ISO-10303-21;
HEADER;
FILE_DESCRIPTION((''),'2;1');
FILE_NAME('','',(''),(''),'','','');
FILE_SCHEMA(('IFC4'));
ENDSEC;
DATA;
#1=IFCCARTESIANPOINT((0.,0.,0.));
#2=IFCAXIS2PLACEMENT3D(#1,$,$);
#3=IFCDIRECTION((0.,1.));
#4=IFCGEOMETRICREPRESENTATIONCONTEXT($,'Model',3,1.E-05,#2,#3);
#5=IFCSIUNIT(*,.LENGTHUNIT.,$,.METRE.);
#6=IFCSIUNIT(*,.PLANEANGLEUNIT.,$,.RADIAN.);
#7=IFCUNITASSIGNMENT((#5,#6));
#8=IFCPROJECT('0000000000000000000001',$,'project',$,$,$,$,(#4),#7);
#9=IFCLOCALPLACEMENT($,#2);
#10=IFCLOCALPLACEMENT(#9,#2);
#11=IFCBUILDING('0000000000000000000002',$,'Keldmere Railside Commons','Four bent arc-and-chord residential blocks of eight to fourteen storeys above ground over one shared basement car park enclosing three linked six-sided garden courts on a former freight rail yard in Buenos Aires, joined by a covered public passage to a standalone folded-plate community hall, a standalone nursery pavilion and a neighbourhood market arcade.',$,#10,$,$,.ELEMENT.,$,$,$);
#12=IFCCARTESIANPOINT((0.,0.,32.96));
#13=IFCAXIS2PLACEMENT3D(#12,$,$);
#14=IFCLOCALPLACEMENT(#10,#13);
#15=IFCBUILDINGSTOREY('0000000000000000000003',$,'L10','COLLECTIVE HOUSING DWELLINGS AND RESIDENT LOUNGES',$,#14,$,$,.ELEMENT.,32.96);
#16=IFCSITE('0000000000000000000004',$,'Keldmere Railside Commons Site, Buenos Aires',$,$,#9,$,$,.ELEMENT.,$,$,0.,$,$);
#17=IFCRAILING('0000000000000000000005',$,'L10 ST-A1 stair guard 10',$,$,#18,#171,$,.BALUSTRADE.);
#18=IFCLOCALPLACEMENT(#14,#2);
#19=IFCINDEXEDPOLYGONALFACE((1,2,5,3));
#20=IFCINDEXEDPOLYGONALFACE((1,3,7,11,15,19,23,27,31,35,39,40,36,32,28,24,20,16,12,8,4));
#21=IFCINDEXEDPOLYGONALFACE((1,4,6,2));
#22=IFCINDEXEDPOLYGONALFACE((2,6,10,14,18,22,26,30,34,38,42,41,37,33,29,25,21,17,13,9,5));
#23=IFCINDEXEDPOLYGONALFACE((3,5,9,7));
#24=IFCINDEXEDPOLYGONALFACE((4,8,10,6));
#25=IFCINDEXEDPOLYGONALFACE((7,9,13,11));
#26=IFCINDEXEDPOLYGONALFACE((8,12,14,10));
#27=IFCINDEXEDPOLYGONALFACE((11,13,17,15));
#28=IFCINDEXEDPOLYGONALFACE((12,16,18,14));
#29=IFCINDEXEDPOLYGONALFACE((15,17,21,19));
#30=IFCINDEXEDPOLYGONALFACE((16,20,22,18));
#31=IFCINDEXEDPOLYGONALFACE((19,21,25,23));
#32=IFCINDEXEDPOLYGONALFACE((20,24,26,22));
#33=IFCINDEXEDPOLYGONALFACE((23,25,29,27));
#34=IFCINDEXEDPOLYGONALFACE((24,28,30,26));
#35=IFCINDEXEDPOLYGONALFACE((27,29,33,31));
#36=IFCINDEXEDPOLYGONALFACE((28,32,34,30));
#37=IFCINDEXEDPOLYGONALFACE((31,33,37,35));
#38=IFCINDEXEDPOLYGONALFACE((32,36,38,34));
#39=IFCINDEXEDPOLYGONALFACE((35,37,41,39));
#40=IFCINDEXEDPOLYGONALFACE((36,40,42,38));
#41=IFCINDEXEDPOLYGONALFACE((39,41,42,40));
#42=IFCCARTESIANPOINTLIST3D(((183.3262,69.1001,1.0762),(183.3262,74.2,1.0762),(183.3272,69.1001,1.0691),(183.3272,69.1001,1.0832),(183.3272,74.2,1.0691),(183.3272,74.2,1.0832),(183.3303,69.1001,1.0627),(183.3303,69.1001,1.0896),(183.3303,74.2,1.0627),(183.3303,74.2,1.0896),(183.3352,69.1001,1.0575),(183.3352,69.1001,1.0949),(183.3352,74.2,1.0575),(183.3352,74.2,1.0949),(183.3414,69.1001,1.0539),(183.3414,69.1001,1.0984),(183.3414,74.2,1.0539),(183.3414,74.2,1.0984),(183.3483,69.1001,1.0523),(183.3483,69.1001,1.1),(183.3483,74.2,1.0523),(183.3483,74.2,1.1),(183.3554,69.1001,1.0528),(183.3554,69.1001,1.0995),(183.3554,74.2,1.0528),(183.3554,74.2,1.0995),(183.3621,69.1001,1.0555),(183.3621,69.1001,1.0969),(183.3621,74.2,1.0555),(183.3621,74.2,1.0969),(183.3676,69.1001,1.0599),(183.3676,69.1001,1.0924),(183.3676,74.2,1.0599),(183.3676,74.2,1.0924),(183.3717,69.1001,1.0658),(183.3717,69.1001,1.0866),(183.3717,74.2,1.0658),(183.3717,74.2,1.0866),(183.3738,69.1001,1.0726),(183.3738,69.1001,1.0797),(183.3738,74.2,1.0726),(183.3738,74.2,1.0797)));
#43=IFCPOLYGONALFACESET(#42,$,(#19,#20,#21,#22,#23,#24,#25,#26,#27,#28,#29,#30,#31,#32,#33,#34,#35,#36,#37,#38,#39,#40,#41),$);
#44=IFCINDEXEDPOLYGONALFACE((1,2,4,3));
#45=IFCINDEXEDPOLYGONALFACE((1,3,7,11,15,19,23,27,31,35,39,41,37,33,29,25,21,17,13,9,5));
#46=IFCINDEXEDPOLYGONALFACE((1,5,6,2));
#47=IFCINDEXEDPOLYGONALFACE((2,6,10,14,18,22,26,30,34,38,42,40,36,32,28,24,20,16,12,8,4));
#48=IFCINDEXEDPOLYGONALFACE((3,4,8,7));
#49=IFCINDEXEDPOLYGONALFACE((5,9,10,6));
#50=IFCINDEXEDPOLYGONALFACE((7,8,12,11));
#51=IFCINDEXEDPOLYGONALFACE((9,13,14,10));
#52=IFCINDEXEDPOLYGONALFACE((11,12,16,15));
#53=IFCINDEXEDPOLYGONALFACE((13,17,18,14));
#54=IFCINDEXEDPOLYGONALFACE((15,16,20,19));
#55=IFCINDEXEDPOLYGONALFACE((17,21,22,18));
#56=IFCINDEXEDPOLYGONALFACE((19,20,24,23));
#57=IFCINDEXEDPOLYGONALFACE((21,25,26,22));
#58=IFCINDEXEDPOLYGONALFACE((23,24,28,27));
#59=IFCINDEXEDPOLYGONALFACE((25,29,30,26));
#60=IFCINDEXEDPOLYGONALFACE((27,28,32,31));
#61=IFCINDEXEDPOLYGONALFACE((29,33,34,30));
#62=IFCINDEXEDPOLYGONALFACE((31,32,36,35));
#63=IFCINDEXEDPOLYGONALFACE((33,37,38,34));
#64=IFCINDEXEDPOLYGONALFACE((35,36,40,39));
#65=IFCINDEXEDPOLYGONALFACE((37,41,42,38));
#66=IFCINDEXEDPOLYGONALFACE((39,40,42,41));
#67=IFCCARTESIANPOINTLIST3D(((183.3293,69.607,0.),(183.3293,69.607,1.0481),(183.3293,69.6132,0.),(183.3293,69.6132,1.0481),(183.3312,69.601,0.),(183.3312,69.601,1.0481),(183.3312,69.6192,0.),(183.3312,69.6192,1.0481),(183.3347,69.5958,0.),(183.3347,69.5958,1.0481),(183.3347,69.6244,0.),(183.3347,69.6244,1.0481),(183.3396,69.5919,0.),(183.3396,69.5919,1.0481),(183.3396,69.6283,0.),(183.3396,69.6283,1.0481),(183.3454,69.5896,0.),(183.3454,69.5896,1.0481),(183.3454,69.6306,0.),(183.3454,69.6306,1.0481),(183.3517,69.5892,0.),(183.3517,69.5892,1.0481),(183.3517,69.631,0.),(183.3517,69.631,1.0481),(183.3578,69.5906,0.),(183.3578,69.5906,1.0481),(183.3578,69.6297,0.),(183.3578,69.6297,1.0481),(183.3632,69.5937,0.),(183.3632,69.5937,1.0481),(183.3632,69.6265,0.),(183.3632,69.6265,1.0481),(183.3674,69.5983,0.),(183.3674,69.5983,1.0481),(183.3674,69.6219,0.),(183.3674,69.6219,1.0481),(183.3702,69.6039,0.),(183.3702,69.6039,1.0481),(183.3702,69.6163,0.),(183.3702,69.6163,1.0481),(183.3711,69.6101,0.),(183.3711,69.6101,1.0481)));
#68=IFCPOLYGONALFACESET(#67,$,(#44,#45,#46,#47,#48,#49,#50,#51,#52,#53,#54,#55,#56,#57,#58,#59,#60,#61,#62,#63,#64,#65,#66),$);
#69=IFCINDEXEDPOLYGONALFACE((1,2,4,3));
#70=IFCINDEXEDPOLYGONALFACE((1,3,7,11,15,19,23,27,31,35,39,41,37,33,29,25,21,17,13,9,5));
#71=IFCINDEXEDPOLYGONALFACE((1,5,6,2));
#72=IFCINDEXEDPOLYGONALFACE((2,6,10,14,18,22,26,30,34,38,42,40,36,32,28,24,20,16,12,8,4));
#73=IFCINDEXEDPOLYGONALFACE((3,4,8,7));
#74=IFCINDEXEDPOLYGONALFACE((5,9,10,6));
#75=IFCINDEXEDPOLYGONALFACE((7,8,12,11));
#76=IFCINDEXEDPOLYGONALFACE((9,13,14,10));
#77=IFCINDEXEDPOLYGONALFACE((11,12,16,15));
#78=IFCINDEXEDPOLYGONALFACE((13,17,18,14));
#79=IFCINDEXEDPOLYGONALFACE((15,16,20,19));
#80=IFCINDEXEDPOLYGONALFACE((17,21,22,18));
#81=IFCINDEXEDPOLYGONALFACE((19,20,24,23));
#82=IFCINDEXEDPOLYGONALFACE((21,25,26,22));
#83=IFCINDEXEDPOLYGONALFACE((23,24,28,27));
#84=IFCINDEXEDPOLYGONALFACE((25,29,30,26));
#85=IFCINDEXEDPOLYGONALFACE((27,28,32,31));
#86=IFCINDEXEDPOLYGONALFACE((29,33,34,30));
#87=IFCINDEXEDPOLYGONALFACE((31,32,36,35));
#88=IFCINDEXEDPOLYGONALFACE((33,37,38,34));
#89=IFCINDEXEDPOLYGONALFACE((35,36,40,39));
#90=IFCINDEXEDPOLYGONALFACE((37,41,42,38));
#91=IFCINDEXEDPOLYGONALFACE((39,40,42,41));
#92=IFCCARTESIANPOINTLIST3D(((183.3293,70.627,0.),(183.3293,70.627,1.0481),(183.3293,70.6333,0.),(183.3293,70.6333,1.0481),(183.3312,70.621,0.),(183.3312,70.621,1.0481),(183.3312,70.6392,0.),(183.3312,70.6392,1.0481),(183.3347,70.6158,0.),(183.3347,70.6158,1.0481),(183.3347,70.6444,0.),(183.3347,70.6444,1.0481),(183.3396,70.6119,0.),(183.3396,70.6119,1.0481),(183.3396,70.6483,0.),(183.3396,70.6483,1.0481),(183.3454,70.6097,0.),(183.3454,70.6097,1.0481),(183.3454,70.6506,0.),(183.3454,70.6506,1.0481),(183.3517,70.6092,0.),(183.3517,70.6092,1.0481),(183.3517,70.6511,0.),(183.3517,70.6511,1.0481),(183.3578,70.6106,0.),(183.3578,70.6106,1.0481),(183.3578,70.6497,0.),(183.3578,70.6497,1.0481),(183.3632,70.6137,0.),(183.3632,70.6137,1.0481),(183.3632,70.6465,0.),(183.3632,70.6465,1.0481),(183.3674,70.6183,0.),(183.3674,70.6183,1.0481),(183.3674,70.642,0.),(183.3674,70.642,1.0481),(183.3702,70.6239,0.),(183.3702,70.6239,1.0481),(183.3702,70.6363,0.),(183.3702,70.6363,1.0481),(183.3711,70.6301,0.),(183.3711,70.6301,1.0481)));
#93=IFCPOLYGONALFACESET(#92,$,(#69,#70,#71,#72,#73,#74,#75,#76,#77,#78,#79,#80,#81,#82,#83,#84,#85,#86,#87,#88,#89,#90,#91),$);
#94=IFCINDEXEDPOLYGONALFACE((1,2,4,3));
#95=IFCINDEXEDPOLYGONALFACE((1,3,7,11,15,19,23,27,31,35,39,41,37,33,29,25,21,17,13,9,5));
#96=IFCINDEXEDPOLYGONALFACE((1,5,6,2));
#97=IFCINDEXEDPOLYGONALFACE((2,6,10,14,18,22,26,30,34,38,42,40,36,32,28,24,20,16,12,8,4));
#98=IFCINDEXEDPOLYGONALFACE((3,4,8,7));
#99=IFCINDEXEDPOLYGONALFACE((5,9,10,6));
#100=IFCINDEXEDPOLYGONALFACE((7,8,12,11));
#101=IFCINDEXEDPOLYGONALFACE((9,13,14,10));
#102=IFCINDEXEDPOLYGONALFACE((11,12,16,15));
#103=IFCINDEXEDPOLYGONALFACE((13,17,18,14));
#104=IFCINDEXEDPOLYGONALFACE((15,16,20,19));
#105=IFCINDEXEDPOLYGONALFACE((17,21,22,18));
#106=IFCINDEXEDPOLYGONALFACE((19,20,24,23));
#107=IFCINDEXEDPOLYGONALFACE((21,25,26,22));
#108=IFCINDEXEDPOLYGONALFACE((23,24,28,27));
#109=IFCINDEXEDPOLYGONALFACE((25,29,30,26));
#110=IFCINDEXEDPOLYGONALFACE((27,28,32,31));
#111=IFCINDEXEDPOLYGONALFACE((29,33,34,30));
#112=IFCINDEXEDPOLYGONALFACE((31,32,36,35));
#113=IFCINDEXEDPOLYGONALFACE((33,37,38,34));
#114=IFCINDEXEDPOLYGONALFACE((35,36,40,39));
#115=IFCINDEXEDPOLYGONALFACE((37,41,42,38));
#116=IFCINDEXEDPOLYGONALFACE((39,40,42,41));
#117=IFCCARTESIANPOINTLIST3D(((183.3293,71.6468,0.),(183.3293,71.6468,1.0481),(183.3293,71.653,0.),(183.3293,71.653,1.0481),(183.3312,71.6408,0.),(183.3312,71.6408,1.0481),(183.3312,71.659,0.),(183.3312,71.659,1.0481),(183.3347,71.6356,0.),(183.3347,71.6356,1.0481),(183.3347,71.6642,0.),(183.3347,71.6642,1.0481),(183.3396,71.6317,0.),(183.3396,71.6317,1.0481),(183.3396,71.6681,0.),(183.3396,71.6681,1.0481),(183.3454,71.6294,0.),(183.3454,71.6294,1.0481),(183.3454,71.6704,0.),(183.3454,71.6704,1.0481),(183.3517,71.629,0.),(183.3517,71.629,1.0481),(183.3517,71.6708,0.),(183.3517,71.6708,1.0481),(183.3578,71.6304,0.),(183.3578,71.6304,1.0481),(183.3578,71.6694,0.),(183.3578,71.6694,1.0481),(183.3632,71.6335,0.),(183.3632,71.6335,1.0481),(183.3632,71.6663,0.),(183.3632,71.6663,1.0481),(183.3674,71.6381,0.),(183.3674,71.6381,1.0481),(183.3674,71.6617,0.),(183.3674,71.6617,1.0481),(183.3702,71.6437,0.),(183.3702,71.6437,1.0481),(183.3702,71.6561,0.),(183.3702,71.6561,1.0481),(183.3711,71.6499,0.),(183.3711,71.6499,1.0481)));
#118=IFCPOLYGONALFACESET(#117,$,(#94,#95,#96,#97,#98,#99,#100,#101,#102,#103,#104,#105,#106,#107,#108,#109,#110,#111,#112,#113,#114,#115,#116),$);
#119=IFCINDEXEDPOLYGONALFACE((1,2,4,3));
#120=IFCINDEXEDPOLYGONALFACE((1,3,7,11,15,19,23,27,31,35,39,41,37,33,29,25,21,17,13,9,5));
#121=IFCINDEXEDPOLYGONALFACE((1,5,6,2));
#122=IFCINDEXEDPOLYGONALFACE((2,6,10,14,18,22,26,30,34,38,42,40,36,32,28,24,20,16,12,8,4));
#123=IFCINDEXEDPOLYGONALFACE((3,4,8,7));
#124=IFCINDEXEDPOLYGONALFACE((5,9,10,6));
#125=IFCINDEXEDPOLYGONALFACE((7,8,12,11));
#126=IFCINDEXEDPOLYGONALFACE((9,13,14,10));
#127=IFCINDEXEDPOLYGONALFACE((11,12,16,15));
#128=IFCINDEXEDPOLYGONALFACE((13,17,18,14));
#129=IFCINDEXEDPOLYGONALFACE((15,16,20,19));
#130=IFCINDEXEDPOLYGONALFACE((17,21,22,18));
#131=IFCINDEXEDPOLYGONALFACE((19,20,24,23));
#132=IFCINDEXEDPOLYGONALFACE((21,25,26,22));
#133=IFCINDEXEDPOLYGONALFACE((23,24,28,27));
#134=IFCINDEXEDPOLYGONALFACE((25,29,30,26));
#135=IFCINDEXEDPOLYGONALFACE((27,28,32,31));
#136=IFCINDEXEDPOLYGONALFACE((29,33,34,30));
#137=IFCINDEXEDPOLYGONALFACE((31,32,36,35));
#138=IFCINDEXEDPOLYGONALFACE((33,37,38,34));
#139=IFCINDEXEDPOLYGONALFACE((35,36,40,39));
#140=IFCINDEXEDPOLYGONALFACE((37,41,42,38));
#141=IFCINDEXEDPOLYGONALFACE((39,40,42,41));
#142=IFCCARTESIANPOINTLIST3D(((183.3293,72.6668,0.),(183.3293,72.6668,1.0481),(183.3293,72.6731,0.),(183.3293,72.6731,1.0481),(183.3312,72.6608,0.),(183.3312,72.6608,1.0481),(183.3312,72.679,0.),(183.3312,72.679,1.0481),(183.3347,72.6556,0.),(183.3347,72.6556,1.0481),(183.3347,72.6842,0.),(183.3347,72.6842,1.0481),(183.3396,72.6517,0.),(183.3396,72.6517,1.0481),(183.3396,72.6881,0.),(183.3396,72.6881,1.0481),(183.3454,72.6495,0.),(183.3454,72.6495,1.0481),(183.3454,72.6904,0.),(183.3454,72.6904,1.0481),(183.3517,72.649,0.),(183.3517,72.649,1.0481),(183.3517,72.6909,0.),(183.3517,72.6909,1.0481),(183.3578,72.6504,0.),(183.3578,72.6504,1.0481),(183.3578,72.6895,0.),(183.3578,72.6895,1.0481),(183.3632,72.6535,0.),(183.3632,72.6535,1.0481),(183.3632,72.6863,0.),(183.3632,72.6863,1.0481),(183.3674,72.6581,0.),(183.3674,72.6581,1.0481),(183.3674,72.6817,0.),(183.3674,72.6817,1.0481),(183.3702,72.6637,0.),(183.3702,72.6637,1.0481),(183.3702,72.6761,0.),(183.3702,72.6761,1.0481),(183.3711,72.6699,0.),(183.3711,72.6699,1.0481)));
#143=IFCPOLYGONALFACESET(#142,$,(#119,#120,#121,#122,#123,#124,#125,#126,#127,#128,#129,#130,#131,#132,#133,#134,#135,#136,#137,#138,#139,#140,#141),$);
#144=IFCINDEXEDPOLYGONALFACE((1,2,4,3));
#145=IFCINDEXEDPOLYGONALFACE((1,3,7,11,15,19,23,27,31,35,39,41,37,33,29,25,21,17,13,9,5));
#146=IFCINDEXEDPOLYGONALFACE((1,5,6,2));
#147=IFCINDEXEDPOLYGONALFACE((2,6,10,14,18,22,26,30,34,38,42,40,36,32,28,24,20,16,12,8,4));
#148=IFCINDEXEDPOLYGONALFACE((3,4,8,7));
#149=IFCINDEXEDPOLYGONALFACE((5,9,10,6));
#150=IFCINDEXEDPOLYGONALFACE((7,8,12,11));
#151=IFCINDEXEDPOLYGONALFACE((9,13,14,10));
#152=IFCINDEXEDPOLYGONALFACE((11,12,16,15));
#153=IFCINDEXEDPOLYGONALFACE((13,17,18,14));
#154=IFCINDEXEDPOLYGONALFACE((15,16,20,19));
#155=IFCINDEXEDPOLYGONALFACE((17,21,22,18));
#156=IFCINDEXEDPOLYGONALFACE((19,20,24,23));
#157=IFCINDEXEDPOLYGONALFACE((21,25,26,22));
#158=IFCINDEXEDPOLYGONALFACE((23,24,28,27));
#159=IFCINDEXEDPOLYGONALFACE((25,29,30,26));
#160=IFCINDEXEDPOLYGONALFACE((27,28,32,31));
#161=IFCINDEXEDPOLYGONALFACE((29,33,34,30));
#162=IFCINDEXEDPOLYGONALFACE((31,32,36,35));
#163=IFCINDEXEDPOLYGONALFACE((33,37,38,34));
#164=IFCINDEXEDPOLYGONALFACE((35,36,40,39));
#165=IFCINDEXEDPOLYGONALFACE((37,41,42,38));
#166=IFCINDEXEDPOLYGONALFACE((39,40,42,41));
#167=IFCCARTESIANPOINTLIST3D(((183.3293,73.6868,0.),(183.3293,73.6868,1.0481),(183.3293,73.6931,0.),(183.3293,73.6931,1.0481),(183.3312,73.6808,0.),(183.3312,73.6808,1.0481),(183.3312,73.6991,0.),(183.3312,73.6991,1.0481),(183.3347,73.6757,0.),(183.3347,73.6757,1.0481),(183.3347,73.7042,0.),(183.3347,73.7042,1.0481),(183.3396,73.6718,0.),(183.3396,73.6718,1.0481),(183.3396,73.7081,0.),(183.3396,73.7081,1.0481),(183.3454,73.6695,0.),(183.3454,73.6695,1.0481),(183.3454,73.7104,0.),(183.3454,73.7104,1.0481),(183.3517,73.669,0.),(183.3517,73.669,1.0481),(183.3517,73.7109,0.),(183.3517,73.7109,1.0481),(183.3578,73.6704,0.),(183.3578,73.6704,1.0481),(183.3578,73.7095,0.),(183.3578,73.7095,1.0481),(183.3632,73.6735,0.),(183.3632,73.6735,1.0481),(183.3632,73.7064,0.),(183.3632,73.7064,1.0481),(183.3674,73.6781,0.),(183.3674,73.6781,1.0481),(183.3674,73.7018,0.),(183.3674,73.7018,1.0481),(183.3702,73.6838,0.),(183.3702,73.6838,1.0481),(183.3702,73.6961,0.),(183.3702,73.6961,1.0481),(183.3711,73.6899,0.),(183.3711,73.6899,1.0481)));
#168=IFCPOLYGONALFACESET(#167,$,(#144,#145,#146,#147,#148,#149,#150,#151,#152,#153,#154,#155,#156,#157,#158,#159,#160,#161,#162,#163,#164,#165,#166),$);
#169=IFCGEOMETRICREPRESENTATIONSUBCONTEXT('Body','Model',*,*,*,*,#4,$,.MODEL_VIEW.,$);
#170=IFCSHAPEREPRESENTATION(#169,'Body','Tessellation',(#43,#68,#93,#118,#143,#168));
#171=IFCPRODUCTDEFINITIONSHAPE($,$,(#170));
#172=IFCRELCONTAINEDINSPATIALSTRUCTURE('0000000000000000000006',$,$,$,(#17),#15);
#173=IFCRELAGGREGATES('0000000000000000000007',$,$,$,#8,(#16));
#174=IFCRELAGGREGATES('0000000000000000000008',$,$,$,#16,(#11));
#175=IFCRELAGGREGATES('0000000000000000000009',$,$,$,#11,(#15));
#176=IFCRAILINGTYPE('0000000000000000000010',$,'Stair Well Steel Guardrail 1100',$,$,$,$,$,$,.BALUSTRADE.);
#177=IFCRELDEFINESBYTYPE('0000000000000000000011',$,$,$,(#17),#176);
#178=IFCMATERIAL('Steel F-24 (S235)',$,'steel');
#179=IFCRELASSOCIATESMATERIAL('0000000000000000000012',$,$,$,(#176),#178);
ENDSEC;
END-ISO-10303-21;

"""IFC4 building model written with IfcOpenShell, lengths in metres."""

from ifc_helpers import new_model, si_unit, direction, frame, origin, origin_2d, place, context, subcontext, project, spatial, circle, extrude, material, type_object, element, save


model = new_model("IFC4")

# Units and contexts
model_context = context("Model", 3, precision=1e-05, world=origin(), true_north=direction((0.0, 1.0)))
body_context = subcontext(model_context, "Body", "Model", "MODEL_VIEW")
ifc_project = project(units=[si_unit("LENGTHUNIT", "METRE"), si_unit("PLANEANGLEUNIT", "RADIAN")], contexts=[model_context])

# Site, building, storey
site_placement = place(None, origin())
site = spatial("IfcSite", under=ifc_project, at=site_placement, Name="Keldmere Railside Commons Site, Buenos Aires", CompositionType="ELEMENT", RefElevation=0.0)
building_placement = place(site_placement, origin())
building = spatial("IfcBuilding", under=site, at=building_placement, Name="Keldmere Railside Commons", Description="Four bent arc-and-chord residential blocks of eight to fourteen storeys above ground over one shared basement car park enclosing three linked six-sided garden courts on a former freight rail yard in Buenos Aires, joined by a covered public passage to a standalone folded-plate community hall, a standalone nursery pavilion and a neighbourhood market arcade.", CompositionType="ELEMENT")
storey_placement = place(building_placement, frame((0.0, 0.0, 32.96)))
storey = spatial("IfcBuildingStorey", under=building, at=storey_placement, Name="L10", Description="COLLECTIVE HOUSING DWELLINGS AND RESIDENT LOUNGES", CompositionType="ELEMENT", Elevation=32.96)

# Shared definitions
ifc_material_1 = material(Name="Steel F-24 (S235)", Category="steel")

# Railing
railing_type_1 = type_object("IfcRailingType", Name="Stair Well Steel Guardrail 1100", PredefinedType="BALUSTRADE", material=ifc_material_1)
railing_1_placement = place(storey_placement, frame((183.3501, 69.1001, 0.0)))
element("IfcRailing", 1, at=railing_1_placement, inside=storey, type_object=railing_type_1, Name="L10 ST-A1 stair guard 10", PredefinedType="BALUSTRADE", context=body_context, shape_type="SweptSolid", body=[
    extrude(circle(Radius=0.0239, at=origin_2d()), frame((0.0, 0.0, 1.0762), z_axis=(0.0, 1.0, 0.0), x_axis=(-1.0, 0.0, 0.0)), (0.0, 0.0, 1.0), 5.0999),
    extrude(circle(Radius=0.021, at=origin_2d()), frame((0.0, 0.51, 0.0)), (0.0, 0.0, 1.0), 1.0481),
    extrude(circle(Radius=0.021, at=origin_2d()), frame((0.0, 1.53, 0.0)), (0.0, 0.0, 1.0), 1.0481),
    extrude(circle(Radius=0.021, at=origin_2d()), frame((0.0, 2.5498, 0.0)), (0.0, 0.0, 1.0), 1.0481),
    extrude(circle(Radius=0.021, at=origin_2d()), frame((0.0, 3.5698, 0.0)), (0.0, 0.0, 1.0), 1.0481),
    extrude(circle(Radius=0.021, at=origin_2d()), frame((0.0, 4.5898, 0.0)), (0.0, 0.0, 1.0), 1.0481),
])

save(model, "model.ifc")
